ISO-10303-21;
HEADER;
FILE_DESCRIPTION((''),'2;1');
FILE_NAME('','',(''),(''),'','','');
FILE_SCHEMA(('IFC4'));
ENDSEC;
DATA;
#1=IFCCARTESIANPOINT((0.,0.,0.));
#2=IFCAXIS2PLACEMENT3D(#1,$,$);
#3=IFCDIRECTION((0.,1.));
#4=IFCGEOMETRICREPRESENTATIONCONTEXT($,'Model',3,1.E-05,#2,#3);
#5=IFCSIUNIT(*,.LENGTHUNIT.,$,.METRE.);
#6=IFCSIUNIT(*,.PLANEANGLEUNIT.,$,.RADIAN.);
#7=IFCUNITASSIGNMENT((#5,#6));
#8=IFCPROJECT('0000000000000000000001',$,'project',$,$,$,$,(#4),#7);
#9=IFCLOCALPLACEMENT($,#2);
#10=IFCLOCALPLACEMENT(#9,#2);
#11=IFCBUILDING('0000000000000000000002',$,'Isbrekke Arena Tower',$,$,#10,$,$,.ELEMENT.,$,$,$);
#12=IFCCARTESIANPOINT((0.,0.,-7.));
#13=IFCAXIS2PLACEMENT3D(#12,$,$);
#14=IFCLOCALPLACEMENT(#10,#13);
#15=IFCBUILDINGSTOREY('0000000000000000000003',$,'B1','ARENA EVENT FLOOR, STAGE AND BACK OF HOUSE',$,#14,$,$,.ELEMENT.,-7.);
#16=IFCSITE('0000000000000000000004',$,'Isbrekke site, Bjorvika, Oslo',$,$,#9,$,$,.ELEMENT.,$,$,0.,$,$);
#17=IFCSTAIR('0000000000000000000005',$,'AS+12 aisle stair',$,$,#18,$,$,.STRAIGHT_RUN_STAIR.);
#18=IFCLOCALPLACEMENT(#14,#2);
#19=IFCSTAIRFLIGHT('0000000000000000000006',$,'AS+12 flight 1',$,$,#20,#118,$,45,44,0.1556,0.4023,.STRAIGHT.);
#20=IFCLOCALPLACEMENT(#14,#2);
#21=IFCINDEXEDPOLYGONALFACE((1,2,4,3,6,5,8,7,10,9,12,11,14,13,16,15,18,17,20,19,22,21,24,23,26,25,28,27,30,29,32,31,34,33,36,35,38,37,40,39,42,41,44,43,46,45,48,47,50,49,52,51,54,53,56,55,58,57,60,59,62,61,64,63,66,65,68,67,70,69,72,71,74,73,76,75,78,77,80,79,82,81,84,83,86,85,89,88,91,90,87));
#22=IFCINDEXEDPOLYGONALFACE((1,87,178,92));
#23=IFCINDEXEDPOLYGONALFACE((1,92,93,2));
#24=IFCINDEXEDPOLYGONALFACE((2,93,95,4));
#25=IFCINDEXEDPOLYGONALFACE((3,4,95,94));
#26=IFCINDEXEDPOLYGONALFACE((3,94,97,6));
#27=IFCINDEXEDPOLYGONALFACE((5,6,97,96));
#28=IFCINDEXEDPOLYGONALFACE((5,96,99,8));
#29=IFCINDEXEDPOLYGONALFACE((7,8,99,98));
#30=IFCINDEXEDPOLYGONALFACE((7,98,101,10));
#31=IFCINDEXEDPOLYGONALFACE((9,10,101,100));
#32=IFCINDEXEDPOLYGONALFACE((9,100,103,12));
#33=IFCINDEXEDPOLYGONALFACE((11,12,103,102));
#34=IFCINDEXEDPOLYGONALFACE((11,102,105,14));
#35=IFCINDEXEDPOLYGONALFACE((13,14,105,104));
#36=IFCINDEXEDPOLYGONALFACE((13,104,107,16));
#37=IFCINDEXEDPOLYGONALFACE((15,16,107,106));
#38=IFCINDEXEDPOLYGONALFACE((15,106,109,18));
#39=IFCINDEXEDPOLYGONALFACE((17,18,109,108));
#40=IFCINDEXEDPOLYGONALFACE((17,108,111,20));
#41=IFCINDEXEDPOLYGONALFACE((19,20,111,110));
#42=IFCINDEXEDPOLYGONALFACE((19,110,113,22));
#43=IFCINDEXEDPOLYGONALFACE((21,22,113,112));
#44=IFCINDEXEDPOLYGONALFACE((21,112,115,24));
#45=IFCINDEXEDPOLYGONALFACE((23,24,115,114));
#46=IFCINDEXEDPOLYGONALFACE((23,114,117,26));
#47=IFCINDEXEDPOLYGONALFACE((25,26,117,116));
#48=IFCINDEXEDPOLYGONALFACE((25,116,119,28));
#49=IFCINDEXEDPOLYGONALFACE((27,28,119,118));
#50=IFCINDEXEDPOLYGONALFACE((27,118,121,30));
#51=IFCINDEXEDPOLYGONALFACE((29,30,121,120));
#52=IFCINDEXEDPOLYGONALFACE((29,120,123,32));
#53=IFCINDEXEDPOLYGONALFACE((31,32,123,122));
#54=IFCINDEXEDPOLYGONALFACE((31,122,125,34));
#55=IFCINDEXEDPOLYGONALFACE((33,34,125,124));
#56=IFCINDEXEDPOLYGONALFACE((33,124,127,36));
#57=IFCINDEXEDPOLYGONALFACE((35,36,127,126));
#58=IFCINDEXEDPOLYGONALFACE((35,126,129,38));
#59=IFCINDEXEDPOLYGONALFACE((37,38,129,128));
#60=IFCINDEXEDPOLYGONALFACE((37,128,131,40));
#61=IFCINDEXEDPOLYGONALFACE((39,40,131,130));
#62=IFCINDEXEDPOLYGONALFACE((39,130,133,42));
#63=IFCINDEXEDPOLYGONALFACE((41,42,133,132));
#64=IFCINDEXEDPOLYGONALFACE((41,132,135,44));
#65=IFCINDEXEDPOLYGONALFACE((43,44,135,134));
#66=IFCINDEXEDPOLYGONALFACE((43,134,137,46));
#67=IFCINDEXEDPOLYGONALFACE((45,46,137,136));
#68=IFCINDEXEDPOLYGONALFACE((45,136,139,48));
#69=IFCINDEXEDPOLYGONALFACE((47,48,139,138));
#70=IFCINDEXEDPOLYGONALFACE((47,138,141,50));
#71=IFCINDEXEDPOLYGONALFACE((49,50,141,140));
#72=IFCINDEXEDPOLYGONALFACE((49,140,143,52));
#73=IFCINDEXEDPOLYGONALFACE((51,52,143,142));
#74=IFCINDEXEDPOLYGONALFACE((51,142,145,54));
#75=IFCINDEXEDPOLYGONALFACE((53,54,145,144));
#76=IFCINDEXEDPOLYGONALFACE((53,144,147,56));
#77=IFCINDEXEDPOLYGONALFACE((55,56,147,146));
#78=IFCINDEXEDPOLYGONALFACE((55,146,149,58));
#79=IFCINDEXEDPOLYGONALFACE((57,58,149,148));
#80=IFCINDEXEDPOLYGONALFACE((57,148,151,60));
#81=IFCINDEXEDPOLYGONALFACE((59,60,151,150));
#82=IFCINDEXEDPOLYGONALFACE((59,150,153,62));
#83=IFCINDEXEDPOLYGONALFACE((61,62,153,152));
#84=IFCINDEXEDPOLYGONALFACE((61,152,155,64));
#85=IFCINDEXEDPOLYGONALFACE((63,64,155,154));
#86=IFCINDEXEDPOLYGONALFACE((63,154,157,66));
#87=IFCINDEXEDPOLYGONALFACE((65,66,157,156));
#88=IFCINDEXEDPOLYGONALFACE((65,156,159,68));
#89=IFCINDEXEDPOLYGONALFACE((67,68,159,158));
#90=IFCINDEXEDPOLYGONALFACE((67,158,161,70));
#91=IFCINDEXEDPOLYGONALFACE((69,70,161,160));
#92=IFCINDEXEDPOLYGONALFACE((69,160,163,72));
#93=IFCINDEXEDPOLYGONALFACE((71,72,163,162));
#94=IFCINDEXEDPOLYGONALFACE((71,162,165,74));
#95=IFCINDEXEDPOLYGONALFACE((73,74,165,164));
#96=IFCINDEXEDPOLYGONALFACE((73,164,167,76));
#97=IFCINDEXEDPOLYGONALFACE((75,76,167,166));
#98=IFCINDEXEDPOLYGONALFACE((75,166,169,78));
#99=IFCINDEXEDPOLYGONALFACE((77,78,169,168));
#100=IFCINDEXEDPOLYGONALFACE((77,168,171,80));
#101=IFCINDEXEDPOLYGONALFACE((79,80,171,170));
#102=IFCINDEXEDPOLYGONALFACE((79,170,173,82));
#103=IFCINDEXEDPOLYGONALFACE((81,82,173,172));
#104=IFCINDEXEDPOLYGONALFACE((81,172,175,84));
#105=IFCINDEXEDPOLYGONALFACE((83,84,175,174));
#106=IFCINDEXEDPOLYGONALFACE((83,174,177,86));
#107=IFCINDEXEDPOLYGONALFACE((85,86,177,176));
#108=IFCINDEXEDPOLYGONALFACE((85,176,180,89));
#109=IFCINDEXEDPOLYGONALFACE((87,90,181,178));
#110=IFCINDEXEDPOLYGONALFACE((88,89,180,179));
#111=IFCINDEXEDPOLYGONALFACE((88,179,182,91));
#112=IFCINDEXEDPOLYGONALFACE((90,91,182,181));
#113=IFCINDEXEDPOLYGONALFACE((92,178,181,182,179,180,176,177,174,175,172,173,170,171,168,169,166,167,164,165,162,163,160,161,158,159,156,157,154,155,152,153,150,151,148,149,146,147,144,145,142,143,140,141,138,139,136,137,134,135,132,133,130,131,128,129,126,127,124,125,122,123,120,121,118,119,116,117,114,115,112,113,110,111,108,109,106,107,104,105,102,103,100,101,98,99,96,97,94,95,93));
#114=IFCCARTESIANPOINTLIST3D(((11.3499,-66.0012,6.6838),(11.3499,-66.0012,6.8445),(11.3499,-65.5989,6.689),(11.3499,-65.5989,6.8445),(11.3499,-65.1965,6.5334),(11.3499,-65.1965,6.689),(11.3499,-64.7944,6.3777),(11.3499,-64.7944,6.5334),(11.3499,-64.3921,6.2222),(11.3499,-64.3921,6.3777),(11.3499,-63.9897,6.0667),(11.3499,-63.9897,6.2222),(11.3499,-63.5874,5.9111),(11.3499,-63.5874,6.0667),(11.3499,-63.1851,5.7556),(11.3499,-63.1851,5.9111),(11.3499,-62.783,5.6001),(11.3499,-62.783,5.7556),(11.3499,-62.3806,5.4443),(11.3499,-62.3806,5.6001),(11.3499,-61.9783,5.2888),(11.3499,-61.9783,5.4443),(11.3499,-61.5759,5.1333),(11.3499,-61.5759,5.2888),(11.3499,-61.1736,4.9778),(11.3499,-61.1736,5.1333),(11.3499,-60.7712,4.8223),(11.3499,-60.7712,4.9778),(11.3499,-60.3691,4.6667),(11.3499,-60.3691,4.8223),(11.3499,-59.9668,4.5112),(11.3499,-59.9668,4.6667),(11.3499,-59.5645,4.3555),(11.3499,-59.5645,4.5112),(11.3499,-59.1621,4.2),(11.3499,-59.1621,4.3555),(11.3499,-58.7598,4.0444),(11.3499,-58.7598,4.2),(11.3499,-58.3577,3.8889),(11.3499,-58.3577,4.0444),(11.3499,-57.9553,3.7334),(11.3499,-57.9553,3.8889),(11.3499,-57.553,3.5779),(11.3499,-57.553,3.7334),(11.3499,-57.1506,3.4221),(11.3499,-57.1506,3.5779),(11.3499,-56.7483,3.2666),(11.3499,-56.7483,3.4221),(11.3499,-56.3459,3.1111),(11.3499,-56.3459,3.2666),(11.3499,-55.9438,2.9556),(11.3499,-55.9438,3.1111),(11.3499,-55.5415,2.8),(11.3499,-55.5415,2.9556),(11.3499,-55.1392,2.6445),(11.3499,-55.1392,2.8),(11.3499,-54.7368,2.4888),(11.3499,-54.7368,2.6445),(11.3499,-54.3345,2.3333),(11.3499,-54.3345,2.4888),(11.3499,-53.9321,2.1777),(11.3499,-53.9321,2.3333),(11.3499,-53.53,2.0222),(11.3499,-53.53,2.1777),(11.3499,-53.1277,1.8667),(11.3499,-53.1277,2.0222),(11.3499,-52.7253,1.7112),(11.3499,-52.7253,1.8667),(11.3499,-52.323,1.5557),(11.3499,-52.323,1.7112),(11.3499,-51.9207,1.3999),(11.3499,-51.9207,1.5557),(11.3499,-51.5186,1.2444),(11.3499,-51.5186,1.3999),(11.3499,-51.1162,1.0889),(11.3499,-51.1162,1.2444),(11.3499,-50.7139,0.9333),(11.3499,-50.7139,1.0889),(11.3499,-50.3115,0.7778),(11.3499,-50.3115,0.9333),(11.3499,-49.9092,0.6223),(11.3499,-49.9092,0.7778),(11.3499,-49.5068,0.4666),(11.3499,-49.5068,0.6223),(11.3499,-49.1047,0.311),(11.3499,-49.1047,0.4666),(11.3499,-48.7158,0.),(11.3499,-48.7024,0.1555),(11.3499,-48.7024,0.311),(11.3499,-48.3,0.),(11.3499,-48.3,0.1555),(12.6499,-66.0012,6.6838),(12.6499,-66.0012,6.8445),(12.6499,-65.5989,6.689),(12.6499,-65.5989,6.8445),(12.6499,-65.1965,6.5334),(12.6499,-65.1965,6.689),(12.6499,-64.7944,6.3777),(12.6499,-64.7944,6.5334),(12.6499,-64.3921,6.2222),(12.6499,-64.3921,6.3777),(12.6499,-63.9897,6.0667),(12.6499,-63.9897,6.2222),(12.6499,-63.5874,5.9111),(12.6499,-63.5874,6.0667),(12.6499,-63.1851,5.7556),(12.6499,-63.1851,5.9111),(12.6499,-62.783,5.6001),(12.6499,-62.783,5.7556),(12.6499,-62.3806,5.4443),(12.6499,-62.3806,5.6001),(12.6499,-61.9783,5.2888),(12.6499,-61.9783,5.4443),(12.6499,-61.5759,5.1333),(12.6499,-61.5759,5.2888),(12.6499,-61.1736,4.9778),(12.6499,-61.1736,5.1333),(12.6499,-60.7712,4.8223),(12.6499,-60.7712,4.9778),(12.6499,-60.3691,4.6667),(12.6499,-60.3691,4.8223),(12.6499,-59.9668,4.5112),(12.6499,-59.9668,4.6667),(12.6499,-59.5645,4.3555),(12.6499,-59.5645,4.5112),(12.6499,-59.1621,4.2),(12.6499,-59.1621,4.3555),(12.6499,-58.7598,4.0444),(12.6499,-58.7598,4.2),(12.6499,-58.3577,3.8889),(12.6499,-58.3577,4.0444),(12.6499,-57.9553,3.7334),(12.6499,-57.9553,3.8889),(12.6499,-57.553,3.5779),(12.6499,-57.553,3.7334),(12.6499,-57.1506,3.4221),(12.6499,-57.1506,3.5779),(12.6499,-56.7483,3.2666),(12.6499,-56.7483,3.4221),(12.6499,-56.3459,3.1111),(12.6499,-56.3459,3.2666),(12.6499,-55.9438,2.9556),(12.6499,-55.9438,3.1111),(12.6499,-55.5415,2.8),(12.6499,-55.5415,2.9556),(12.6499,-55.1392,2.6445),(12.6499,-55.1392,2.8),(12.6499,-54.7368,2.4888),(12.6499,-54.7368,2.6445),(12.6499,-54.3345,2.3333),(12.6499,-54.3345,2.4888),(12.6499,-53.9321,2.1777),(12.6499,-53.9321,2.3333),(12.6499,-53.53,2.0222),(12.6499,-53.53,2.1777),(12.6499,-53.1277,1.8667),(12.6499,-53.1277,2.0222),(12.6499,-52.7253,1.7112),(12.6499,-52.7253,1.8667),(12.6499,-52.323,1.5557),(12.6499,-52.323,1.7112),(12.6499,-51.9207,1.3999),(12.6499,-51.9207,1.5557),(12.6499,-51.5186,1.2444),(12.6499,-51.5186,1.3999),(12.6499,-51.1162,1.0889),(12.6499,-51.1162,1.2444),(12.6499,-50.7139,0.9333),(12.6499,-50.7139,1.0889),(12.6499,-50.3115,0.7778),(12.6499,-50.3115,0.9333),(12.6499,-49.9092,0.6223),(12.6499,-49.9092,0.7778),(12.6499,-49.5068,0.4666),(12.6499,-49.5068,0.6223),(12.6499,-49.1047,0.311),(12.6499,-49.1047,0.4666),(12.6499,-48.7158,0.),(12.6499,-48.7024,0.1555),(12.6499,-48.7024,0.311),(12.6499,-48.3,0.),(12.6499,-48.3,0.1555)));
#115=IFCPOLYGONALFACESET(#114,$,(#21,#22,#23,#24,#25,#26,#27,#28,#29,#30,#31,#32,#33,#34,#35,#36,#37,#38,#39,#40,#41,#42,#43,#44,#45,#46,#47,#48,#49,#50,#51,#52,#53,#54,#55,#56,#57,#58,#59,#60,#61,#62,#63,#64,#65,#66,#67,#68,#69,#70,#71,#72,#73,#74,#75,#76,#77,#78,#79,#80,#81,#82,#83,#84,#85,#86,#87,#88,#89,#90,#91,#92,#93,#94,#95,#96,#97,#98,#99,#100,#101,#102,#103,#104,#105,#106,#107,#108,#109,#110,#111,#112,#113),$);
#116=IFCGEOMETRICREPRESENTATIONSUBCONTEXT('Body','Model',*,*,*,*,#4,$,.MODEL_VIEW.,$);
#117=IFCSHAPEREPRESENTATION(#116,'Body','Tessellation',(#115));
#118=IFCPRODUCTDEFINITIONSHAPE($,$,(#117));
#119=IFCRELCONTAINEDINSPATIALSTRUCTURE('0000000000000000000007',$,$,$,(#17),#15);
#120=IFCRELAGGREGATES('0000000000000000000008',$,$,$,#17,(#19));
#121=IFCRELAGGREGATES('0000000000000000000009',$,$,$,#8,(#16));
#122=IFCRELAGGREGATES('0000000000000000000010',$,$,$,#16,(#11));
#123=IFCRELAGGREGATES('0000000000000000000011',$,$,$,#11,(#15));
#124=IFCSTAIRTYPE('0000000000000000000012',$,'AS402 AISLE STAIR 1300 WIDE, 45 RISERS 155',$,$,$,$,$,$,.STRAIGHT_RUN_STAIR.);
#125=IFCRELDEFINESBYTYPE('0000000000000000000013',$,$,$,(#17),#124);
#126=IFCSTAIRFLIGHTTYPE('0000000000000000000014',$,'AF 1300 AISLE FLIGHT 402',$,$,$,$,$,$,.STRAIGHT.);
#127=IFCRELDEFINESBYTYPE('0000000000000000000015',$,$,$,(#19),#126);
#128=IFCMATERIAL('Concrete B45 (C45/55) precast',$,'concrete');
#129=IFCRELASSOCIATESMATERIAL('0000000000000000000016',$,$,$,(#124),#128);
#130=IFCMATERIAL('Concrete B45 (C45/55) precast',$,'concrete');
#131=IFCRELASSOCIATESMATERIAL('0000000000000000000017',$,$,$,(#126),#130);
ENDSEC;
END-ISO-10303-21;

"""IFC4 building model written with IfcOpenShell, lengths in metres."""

from ifc_helpers import new_model, si_unit, direction, frame, origin, place, context, subcontext, project, spatial, polyline, outline, extrude, material, type_object, element, aggregate, save


model = new_model("IFC4")

# Units and contexts
model_context = context("Model", 3, precision=1e-05, world=origin(), true_north=direction((0.0, 1.0)))
body_context = subcontext(model_context, "Body", "Model", "MODEL_VIEW")
ifc_project = project(units=[si_unit("LENGTHUNIT", "METRE"), si_unit("PLANEANGLEUNIT", "RADIAN")], contexts=[model_context])

# Site, building, storey
site_placement = place(None, origin())
site = spatial("IfcSite", under=ifc_project, at=site_placement, Name="Isbrekke site, Bjorvika, Oslo", CompositionType="ELEMENT", RefElevation=0.0)
building_placement = place(site_placement, origin())
building = spatial("IfcBuilding", under=site, at=building_placement, Name="Isbrekke Arena Tower", CompositionType="ELEMENT")
storey_placement = place(building_placement, frame((0.0, 0.0, -7.0)))
storey = spatial("IfcBuildingStorey", under=building, at=storey_placement, Name="B1", Description="ARENA EVENT FLOOR, STAGE AND BACK OF HOUSE", CompositionType="ELEMENT", Elevation=-7.0)

# Stair, stair flight
ifc_material_1 = material(Name="Concrete B45 (C45/55) precast", Category="concrete")
stair_type = type_object("IfcStairType", Name="AS402 AISLE STAIR 1300 WIDE, 45 RISERS 155", PredefinedType="STRAIGHT_RUN_STAIR", material=ifc_material_1)
ifc_material_2 = material(Name="Concrete B45 (C45/55) precast", Category="concrete")
stair_flight_type = type_object("IfcStairFlightType", Name="AF 1300 AISLE FLIGHT 402", PredefinedType="STRAIGHT", material=ifc_material_2)
stair_1_placement = place(storey_placement, origin())
stair_1 = element("IfcStair", 1, at=stair_1_placement, inside=storey, type_object=stair_type, Name="AS+12 aisle stair", PredefinedType="STRAIGHT_RUN_STAIR")
stair_flight_1_placement = place(storey_placement, frame((12.0, -48.3, 0.0), z_axis=(0.0, 0.0, 1.0), x_axis=(0.0, -1.0, 0.0)))
stair_flight_1 = element("IfcStairFlight", 2, at=stair_flight_1_placement, type_object=stair_flight_type, Name="AS+12 flight 1", NumberOfRisers=45, NumberOfTreads=44, PredefinedType="STRAIGHT", RiserHeight=0.1556, TreadLength=0.4023, context=body_context, shape_type="SweptSolid", body=[
    extrude(outline(polyline([(0.0, 0.0), (0.0, 0.1555), (0.4023, 0.1555), (0.4023, 0.311), (0.8047, 0.311), (0.8047, 0.4666), (1.2068, 0.4666), (1.2068, 0.6223), (1.6091, 0.6223), (1.6091, 0.7778), (2.0115, 0.7778), (2.0115, 0.9333), (2.4138, 0.9333), (2.4138, 1.0889), (2.8162, 1.0889), (2.8162, 1.2444), (3.2185, 1.2444), (3.2185, 1.3999), (3.6206, 1.3999), (3.6206, 1.5557), (4.0229, 1.5557), (4.0229, 1.7112), (4.4253, 1.7112), (4.4253, 1.8667), (4.8276, 1.8667), (4.8276, 2.0222), (5.23, 2.0222), (5.23, 2.1777), (5.6321, 2.1777), (5.6321, 2.3333), (6.0344, 2.3333), (6.0344, 2.4888), (6.4368, 2.4888), (6.4368, 2.6445), (6.8391, 2.6445), (6.8391, 2.8), (7.2415, 2.8), (7.2415, 2.9556), (7.6438, 2.9556), (7.6438, 3.1111), (8.0459, 3.1111), (8.0459, 3.2666), (8.4482, 3.2666), (8.4482, 3.4221), (8.8506, 3.4221), (8.8506, 3.5779), (9.2529, 3.5779), (9.2529, 3.7334), (9.6553, 3.7334), (9.6553, 3.8889), (10.0576, 3.8889), (10.0576, 4.0444), (10.4597, 4.0444), (10.4597, 4.2), (10.8621, 4.2), (10.8621, 4.3555), (11.2644, 4.3555), (11.2644, 4.5112), (11.6667, 4.5112), (11.6667, 4.6667), (12.0691, 4.6667), (12.0691, 4.8223), (12.4712, 4.8223), (12.4712, 4.9778), (12.8735, 4.9778), (12.8735, 5.1333), (13.2759, 5.1333), (13.2759, 5.2888), (13.6782, 5.2888), (13.6782, 5.4443), (14.0806, 5.4443), (14.0806, 5.6001), (14.4829, 5.6001), (14.4829, 5.7556), (14.885, 5.7556), (14.885, 5.9111), (15.2874, 5.9111), (15.2874, 6.0667), (15.6897, 6.0667), (15.6897, 6.2222), (16.092, 6.2222), (16.092, 6.3777), (16.4944, 6.3777), (16.4944, 6.5334), (16.8965, 6.5334), (16.8965, 6.689), (17.2988, 6.689), (17.2988, 6.8445), (17.7012, 6.8445), (17.7012, 7.0), (17.7012, 6.6838), (0.4158, 0.0), (0.0, 0.0)])), frame((0.0, 0.6499, 0.0), z_axis=(0.0, -1.0, 0.0), x_axis=(1.0, 0.0, 0.0)), (0.0, 0.0, 1.0), 1.3),
])
aggregate(stair_1, [stair_flight_1])

save(model, "model.ifc")
